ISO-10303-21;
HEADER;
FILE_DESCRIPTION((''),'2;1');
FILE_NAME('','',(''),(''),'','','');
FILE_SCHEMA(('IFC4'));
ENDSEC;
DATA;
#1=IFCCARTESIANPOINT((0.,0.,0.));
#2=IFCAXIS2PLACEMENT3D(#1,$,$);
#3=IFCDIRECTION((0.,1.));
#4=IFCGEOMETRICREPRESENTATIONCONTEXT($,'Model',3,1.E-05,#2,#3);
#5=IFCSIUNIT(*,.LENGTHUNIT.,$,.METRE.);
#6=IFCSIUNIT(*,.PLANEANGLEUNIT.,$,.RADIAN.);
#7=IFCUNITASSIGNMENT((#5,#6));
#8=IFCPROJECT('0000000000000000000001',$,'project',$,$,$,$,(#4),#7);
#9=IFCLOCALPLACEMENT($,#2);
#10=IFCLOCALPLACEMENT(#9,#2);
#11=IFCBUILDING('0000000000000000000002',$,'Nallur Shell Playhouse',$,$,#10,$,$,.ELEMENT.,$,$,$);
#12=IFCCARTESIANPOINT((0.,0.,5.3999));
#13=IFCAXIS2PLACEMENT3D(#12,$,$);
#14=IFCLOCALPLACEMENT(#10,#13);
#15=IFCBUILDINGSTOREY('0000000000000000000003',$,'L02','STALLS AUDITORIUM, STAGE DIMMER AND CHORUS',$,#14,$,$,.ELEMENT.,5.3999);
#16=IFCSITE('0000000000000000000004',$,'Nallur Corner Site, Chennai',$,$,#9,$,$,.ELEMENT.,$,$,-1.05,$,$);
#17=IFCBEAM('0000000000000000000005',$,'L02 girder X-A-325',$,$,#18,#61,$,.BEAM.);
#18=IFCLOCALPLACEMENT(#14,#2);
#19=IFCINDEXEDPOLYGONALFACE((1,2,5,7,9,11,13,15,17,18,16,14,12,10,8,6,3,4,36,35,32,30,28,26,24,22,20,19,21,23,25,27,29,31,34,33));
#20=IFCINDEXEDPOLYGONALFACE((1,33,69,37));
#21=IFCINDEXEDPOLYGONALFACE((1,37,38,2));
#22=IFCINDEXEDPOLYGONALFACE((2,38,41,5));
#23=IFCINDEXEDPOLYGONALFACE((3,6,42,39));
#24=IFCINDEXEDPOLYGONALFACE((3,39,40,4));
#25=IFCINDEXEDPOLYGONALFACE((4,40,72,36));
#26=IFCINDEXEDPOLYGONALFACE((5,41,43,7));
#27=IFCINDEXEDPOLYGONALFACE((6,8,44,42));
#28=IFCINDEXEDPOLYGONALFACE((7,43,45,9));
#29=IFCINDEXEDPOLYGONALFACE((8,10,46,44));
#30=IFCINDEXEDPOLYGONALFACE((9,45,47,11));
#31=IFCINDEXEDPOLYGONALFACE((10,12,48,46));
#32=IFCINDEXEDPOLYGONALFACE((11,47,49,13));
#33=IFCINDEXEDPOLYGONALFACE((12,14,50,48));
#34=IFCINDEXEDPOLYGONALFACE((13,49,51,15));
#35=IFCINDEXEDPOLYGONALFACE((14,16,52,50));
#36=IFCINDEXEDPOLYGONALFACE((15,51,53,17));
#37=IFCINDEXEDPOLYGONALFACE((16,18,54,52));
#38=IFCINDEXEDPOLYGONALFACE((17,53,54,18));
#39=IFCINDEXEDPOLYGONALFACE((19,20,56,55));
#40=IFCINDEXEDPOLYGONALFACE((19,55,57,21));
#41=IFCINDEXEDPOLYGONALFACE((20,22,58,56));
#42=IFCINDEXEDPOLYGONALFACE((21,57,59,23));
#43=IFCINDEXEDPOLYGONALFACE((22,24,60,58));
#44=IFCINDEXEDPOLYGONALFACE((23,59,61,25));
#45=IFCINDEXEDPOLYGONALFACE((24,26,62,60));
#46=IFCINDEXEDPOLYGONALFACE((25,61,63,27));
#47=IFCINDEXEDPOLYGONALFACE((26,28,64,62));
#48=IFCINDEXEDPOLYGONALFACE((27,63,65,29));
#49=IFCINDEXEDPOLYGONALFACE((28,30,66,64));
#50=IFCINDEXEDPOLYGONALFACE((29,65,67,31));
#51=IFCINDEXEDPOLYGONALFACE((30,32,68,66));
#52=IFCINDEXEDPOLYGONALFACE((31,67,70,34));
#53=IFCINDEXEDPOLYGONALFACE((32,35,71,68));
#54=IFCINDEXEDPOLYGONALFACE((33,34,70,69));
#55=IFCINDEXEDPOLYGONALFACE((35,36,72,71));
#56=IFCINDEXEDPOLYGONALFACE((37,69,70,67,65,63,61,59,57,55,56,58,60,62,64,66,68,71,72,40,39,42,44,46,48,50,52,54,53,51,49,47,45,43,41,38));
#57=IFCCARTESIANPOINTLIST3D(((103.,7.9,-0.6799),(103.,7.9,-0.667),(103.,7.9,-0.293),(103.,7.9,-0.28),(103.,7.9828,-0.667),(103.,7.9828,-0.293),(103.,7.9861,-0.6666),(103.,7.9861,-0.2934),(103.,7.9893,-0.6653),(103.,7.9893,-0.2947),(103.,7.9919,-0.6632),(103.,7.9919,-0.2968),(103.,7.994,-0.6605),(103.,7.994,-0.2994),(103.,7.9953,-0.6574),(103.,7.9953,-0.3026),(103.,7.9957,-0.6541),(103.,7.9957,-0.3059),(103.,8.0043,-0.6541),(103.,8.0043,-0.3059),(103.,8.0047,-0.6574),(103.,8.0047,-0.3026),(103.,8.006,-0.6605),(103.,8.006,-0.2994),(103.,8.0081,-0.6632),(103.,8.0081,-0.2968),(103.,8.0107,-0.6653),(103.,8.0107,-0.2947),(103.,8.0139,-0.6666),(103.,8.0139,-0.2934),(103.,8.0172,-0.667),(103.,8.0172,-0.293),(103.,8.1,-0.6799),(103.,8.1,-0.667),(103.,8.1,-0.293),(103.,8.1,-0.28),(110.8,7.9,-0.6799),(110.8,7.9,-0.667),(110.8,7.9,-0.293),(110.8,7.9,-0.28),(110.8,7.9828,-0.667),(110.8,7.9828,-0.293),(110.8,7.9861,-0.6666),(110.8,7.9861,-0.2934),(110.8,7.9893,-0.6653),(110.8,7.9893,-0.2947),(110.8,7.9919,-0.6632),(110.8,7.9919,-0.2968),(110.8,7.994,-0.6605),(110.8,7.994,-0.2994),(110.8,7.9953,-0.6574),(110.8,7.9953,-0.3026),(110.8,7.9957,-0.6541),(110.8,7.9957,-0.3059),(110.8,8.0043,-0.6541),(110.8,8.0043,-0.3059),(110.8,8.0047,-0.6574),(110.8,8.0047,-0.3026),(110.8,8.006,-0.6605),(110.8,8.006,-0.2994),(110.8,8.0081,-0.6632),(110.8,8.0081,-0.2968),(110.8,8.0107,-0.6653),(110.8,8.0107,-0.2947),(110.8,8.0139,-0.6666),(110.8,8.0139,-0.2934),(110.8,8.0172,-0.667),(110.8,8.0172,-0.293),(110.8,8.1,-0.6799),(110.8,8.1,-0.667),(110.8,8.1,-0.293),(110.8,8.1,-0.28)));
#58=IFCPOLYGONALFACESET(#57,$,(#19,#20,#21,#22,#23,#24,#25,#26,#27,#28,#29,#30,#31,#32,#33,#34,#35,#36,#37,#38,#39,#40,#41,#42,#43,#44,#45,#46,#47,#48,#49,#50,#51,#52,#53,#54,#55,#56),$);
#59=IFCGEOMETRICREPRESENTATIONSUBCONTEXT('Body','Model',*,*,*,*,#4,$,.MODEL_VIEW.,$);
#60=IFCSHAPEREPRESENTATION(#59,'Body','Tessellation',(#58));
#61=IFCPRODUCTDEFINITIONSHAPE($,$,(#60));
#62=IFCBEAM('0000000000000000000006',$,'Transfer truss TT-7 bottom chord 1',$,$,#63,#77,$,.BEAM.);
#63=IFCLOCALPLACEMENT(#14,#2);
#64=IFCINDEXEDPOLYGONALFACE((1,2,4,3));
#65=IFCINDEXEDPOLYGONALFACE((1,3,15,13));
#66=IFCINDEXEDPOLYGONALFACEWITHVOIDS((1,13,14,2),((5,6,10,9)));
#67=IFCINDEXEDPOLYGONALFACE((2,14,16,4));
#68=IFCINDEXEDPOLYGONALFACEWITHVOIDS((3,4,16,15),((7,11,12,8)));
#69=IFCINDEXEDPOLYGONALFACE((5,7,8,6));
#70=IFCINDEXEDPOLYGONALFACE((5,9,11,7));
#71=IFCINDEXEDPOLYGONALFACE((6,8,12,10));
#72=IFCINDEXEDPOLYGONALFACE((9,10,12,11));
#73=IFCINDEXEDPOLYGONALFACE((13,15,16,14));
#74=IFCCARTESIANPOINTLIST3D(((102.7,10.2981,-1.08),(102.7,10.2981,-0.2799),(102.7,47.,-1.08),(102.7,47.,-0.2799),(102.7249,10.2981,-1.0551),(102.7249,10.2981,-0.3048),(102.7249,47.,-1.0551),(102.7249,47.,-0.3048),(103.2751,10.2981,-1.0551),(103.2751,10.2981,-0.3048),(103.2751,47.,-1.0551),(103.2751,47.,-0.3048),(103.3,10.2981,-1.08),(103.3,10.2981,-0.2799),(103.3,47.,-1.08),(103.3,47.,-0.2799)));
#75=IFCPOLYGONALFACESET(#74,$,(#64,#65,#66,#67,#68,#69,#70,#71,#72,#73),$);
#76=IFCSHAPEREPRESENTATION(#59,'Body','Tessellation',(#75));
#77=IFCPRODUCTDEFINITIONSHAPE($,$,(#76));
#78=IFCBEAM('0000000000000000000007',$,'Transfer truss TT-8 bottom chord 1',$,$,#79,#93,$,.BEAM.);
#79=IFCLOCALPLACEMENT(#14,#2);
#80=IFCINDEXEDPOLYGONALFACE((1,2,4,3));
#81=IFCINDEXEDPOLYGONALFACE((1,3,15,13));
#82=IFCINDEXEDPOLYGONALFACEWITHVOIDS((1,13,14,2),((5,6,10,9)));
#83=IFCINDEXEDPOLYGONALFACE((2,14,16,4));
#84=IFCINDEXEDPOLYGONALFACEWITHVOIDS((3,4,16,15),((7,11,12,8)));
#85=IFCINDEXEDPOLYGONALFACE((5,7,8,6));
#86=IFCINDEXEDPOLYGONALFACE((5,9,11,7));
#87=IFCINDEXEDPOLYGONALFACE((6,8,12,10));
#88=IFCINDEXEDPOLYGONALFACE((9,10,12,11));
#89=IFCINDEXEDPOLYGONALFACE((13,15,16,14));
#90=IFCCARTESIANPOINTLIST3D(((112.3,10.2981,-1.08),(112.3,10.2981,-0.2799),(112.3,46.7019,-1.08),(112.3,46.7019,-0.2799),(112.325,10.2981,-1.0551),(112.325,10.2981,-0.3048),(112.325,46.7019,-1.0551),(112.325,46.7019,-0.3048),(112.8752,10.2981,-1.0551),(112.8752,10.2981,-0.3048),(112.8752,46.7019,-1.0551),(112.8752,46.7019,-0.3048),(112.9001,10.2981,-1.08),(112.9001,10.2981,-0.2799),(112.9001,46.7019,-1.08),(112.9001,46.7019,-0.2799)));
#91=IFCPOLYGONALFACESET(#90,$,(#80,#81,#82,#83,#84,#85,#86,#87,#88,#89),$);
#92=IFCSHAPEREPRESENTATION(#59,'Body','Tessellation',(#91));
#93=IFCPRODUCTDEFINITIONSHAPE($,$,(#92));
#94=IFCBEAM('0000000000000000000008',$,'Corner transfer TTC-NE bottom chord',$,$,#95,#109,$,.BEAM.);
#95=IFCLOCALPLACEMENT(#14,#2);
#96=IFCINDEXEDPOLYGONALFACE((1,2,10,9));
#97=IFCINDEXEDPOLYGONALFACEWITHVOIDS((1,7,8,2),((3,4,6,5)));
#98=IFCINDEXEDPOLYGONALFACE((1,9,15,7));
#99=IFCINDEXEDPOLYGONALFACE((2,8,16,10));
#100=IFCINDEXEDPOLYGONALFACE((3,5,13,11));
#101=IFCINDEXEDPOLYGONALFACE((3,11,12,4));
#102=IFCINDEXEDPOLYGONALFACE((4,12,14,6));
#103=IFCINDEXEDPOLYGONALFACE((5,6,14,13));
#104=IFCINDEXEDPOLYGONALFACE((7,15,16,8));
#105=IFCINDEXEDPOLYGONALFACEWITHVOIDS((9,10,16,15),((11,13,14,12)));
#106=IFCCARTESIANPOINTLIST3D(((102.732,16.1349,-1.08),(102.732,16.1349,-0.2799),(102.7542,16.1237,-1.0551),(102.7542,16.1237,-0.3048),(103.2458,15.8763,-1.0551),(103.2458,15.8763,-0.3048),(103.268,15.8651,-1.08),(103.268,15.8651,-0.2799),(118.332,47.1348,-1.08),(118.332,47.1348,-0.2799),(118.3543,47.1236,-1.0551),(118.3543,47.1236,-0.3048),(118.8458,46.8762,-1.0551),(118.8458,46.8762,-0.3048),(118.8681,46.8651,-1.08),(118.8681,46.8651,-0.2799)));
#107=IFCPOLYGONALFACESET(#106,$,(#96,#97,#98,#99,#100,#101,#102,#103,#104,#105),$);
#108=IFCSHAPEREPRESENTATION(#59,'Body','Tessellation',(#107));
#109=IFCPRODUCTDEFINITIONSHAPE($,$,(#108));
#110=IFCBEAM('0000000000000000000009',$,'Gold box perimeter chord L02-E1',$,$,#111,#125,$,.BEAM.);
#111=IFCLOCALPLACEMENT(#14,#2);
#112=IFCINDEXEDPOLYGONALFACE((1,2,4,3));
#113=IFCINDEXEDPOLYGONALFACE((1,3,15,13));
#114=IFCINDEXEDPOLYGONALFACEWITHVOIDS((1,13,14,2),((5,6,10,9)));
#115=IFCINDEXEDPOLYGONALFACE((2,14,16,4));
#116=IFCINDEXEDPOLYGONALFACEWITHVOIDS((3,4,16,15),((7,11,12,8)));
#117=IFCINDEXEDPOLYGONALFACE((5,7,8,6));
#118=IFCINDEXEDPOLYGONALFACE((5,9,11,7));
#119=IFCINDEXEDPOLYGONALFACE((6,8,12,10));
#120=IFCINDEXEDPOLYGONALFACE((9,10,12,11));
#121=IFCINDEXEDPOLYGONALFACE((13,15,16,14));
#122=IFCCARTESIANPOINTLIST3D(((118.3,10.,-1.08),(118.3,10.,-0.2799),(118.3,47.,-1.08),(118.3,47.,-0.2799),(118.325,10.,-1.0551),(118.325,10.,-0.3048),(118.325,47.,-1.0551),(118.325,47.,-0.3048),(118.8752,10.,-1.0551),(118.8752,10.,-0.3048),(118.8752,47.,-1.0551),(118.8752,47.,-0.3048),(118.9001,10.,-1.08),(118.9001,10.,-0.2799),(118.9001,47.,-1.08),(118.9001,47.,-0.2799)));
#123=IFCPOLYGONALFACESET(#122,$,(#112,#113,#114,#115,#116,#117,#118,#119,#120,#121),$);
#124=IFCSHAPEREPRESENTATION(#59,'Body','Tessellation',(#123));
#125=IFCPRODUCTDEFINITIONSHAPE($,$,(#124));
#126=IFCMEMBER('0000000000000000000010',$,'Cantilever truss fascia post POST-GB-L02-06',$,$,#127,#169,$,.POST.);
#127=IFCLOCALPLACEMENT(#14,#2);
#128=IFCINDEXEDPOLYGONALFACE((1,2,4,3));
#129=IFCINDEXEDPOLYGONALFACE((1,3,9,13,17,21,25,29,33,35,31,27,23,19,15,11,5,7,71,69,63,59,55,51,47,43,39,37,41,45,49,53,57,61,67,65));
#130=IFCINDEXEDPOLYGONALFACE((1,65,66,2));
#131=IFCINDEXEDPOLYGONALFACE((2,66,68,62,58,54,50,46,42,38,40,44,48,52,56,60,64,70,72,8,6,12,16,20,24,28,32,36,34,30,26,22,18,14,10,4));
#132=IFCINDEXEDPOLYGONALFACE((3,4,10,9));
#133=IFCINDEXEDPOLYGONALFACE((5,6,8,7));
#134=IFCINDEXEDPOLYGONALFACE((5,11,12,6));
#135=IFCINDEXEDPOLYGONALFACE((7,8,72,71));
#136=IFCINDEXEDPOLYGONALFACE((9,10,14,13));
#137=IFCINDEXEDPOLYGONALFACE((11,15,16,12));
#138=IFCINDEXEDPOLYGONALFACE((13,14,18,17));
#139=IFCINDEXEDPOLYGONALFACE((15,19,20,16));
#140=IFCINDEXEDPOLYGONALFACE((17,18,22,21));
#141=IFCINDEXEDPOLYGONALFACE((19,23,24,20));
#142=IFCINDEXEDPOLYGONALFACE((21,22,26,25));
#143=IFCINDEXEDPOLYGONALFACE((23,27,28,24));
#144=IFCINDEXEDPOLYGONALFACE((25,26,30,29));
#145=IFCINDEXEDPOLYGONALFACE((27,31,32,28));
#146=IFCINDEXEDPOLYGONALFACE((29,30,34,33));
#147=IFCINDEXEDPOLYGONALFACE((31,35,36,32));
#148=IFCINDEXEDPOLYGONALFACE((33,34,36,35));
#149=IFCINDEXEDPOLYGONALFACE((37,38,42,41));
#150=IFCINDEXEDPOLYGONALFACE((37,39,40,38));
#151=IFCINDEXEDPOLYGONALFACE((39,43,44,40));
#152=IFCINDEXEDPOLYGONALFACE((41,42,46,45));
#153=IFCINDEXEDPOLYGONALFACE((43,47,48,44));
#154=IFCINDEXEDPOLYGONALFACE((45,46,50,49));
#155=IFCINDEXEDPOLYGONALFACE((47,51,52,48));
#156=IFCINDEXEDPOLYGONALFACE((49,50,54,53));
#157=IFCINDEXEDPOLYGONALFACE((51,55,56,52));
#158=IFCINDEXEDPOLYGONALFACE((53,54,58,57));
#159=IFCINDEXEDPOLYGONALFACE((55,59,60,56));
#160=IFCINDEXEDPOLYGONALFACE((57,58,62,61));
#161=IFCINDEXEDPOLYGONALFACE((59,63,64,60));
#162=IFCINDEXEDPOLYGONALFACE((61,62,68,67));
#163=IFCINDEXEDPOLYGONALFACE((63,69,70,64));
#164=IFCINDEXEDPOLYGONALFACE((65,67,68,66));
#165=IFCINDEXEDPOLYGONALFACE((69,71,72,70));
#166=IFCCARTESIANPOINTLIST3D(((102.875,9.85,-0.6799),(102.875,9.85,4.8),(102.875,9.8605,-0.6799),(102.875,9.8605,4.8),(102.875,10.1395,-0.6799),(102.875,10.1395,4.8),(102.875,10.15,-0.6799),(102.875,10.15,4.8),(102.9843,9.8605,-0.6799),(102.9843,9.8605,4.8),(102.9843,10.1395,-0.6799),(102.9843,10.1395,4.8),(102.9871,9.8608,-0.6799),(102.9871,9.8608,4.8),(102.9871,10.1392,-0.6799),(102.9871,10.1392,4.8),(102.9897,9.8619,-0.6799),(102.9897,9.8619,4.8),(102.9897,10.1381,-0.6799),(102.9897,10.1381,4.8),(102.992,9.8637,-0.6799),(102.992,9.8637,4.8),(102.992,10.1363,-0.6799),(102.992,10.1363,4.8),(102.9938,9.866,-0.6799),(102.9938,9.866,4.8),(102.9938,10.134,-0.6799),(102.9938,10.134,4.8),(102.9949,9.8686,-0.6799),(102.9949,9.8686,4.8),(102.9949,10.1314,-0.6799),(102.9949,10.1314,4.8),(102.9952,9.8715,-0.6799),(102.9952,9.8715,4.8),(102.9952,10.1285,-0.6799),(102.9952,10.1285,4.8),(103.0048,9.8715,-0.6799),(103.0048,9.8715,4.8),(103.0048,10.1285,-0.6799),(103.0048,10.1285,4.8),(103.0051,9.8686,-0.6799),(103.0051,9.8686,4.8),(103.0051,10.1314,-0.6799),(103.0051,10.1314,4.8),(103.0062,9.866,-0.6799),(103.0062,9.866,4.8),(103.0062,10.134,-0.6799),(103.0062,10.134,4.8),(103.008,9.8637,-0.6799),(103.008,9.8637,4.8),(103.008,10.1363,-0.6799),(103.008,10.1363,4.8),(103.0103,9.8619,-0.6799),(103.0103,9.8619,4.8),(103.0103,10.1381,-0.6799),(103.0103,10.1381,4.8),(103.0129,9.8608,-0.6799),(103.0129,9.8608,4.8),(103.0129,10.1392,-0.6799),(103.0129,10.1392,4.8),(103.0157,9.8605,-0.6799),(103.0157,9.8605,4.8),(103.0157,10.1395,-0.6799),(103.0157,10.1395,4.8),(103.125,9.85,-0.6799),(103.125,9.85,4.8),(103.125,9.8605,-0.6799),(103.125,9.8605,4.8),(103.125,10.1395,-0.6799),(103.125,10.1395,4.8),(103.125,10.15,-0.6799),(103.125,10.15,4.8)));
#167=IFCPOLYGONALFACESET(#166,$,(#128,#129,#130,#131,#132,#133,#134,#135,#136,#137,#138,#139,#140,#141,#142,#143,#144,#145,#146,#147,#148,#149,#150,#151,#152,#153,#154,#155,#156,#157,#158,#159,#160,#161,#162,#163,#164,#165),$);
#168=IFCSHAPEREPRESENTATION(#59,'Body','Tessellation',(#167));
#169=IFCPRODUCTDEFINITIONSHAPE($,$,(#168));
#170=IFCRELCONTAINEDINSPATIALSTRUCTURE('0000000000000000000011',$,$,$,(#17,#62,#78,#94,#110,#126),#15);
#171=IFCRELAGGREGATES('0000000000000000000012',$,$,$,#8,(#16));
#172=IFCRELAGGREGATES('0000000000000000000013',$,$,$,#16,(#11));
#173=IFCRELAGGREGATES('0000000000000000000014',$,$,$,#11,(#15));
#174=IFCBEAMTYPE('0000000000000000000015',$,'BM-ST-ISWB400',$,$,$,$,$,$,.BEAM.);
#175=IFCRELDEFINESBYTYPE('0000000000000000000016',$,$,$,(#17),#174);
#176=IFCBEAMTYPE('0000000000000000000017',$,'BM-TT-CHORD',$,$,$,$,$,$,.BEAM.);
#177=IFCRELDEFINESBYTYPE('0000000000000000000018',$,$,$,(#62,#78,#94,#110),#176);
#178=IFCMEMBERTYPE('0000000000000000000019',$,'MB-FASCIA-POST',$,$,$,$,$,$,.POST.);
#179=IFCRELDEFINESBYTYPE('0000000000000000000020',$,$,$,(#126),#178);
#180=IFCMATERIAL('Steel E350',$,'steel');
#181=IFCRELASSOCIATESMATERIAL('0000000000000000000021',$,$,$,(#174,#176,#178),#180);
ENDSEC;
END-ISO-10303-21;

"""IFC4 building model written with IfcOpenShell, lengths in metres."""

from ifc_helpers import new_model, si_unit, direction, frame, origin, origin_2d, place, context, subcontext, project, spatial, hollow_rectangle, i_section, extrude, material, material_profile, profile_set, type_object, element, save


model = new_model("IFC4")

# Units and contexts
model_context = context("Model", 3, precision=1e-05, world=origin(), true_north=direction((0.0, 1.0)))
body_context = subcontext(model_context, "Body", "Model", "MODEL_VIEW")
ifc_project = project(units=[si_unit("LENGTHUNIT", "METRE"), si_unit("PLANEANGLEUNIT", "RADIAN")], contexts=[model_context])

# Site, building, storey
site_placement = place(None, origin())
site = spatial("IfcSite", under=ifc_project, at=site_placement, Name="Nallur Corner Site, Chennai", CompositionType="ELEMENT", RefElevation=-1.05)
building_placement = place(site_placement, origin())
building = spatial("IfcBuilding", under=site, at=building_placement, Name="Nallur Shell Playhouse", CompositionType="ELEMENT")
storey_placement = place(building_placement, frame((0.0, 0.0, 5.3999)))
storey = spatial("IfcBuildingStorey", under=building, at=storey_placement, Name="L02", Description="STALLS AUDITORIUM, STAGE DIMMER AND CHORUS", CompositionType="ELEMENT", Elevation=5.3999)

# Beams
ifc_material_1 = material(Name="Steel E350", Category="steel")
ifc_material_profile_1 = material_profile(ifc_material_1, i_section(OverallWidth=0.2, OverallDepth=0.3999, WebThickness=0.0085, FlangeThickness=0.0129, FilletRadius=0.0129, at=origin_2d()), Name="ISWB 400")
ifc_profile_set_1 = profile_set([ifc_material_profile_1], Name="Steel E350")
beam_type_1 = type_object("IfcBeamType", Name="BM-ST-ISWB400", PredefinedType="BEAM", material=ifc_profile_set_1)
beam_1_placement = place(storey_placement, frame((103.0, 8.0, -0.48), z_axis=(1.0, 0.0, 0.0), x_axis=(0.0, 1.0, 0.0)))
element("IfcBeam", 1, at=beam_1_placement, inside=storey, type_object=beam_type_1, Name="L02 girder X-A-325", PredefinedType="BEAM", context=body_context, shape_type="SweptSolid", body=[
    extrude(i_section(OverallWidth=0.2, OverallDepth=0.3999, WebThickness=0.0085, FlangeThickness=0.0129, FilletRadius=0.0129, at=origin_2d()), origin(), (0.0, 0.0, 1.0), 7.8),
])
ifc_material_profile_2 = material_profile(ifc_material_1, hollow_rectangle(XDim=0.6001, YDim=0.8, WallThickness=0.0249, at=origin_2d()), Name="BOX 600x800x25")
ifc_profile_set_2 = profile_set([ifc_material_profile_2], Name="Steel E350")
beam_type_2 = type_object("IfcBeamType", Name="BM-TT-CHORD", PredefinedType="BEAM", material=ifc_profile_set_2)
beam_2_placement = place(storey_placement, frame((103.0, 10.2981, -0.6799), z_axis=(0.0, 1.0, 0.0), x_axis=(-1.0, 0.0, 0.0)))
element("IfcBeam", 2, at=beam_2_placement, inside=storey, type_object=beam_type_2, Name="Transfer truss TT-7 bottom chord 1", PredefinedType="BEAM", context=body_context, shape_type="SweptSolid", body=[
    extrude(hollow_rectangle(XDim=0.6001, YDim=0.8, WallThickness=0.0249, at=origin_2d()), origin(), (0.0, 0.0, 1.0), 36.7019),
])
beam_3_placement = place(storey_placement, frame((112.6001, 10.2981, -0.6799), z_axis=(0.0, 1.0, 0.0), x_axis=(-1.0, 0.0, 0.0)))
element("IfcBeam", 3, at=beam_3_placement, inside=storey, type_object=beam_type_2, Name="Transfer truss TT-8 bottom chord 1", PredefinedType="BEAM", context=body_context, shape_type="SweptSolid", body=[
    extrude(hollow_rectangle(XDim=0.6001, YDim=0.8, WallThickness=0.0249, at=origin_2d()), origin(), (0.0, 0.0, 1.0), 36.4038),
])
beam_4_placement = place(storey_placement, frame((103.0, 16.0, -0.6799), z_axis=(0.44952, 0.89327, 0.0), x_axis=(-0.89327, 0.44952, 0.0)))
element("IfcBeam", 4, at=beam_4_placement, inside=storey, type_object=beam_type_2, Name="Corner transfer TTC-NE bottom chord", PredefinedType="BEAM", context=body_context, shape_type="SweptSolid", body=[
    extrude(hollow_rectangle(XDim=0.6001, YDim=0.8, WallThickness=0.0249, at=origin_2d()), origin(), (0.0, 0.0, 1.0), 34.7039),
])
beam_5_placement = place(storey_placement, frame((118.6001, 10.0, -0.6799), z_axis=(0.0, 1.0, 0.0), x_axis=(-1.0, 0.0, 0.0)))
element("IfcBeam", 5, at=beam_5_placement, inside=storey, type_object=beam_type_2, Name="Gold box perimeter chord L02-E1", PredefinedType="BEAM", context=body_context, shape_type="SweptSolid", body=[
    extrude(hollow_rectangle(XDim=0.6001, YDim=0.8, WallThickness=0.0249, at=origin_2d()), origin(), (0.0, 0.0, 1.0), 37.0),
])

# Member
ifc_material_profile_3 = material_profile(ifc_material_1, i_section(OverallWidth=0.25, OverallDepth=0.3, WebThickness=0.0095, FlangeThickness=0.0105, FilletRadius=0.011, at=origin_2d()), Name="ISHB 300")
ifc_profile_set_3 = profile_set([ifc_material_profile_3], Name="Steel E350")
member_type_1 = type_object("IfcMemberType", Name="MB-FASCIA-POST", PredefinedType="POST", material=ifc_profile_set_3)
for number, where, z_axis, x_axis, name in (
    (6, (103.0, 10.0, -0.6799), (0.0, 0.0, 1.0), (1.0, 0.0, 0.0), "Cantilever truss fascia post POST-GB-L02-06"),
):
    element("IfcMember", number, at=place(storey_placement, frame(where, z_axis=z_axis, x_axis=x_axis)), inside=storey, type_object=member_type_1, Name=name, PredefinedType="POST", context=body_context, shape_type="SweptSolid", body=[
        extrude(i_section(OverallWidth=0.25, OverallDepth=0.3, WebThickness=0.0095, FlangeThickness=0.0105, FilletRadius=0.011, at=origin_2d()), origin(), (0.0, 0.0, 1.0), 5.48),
    ])

save(model, "model.ifc")
